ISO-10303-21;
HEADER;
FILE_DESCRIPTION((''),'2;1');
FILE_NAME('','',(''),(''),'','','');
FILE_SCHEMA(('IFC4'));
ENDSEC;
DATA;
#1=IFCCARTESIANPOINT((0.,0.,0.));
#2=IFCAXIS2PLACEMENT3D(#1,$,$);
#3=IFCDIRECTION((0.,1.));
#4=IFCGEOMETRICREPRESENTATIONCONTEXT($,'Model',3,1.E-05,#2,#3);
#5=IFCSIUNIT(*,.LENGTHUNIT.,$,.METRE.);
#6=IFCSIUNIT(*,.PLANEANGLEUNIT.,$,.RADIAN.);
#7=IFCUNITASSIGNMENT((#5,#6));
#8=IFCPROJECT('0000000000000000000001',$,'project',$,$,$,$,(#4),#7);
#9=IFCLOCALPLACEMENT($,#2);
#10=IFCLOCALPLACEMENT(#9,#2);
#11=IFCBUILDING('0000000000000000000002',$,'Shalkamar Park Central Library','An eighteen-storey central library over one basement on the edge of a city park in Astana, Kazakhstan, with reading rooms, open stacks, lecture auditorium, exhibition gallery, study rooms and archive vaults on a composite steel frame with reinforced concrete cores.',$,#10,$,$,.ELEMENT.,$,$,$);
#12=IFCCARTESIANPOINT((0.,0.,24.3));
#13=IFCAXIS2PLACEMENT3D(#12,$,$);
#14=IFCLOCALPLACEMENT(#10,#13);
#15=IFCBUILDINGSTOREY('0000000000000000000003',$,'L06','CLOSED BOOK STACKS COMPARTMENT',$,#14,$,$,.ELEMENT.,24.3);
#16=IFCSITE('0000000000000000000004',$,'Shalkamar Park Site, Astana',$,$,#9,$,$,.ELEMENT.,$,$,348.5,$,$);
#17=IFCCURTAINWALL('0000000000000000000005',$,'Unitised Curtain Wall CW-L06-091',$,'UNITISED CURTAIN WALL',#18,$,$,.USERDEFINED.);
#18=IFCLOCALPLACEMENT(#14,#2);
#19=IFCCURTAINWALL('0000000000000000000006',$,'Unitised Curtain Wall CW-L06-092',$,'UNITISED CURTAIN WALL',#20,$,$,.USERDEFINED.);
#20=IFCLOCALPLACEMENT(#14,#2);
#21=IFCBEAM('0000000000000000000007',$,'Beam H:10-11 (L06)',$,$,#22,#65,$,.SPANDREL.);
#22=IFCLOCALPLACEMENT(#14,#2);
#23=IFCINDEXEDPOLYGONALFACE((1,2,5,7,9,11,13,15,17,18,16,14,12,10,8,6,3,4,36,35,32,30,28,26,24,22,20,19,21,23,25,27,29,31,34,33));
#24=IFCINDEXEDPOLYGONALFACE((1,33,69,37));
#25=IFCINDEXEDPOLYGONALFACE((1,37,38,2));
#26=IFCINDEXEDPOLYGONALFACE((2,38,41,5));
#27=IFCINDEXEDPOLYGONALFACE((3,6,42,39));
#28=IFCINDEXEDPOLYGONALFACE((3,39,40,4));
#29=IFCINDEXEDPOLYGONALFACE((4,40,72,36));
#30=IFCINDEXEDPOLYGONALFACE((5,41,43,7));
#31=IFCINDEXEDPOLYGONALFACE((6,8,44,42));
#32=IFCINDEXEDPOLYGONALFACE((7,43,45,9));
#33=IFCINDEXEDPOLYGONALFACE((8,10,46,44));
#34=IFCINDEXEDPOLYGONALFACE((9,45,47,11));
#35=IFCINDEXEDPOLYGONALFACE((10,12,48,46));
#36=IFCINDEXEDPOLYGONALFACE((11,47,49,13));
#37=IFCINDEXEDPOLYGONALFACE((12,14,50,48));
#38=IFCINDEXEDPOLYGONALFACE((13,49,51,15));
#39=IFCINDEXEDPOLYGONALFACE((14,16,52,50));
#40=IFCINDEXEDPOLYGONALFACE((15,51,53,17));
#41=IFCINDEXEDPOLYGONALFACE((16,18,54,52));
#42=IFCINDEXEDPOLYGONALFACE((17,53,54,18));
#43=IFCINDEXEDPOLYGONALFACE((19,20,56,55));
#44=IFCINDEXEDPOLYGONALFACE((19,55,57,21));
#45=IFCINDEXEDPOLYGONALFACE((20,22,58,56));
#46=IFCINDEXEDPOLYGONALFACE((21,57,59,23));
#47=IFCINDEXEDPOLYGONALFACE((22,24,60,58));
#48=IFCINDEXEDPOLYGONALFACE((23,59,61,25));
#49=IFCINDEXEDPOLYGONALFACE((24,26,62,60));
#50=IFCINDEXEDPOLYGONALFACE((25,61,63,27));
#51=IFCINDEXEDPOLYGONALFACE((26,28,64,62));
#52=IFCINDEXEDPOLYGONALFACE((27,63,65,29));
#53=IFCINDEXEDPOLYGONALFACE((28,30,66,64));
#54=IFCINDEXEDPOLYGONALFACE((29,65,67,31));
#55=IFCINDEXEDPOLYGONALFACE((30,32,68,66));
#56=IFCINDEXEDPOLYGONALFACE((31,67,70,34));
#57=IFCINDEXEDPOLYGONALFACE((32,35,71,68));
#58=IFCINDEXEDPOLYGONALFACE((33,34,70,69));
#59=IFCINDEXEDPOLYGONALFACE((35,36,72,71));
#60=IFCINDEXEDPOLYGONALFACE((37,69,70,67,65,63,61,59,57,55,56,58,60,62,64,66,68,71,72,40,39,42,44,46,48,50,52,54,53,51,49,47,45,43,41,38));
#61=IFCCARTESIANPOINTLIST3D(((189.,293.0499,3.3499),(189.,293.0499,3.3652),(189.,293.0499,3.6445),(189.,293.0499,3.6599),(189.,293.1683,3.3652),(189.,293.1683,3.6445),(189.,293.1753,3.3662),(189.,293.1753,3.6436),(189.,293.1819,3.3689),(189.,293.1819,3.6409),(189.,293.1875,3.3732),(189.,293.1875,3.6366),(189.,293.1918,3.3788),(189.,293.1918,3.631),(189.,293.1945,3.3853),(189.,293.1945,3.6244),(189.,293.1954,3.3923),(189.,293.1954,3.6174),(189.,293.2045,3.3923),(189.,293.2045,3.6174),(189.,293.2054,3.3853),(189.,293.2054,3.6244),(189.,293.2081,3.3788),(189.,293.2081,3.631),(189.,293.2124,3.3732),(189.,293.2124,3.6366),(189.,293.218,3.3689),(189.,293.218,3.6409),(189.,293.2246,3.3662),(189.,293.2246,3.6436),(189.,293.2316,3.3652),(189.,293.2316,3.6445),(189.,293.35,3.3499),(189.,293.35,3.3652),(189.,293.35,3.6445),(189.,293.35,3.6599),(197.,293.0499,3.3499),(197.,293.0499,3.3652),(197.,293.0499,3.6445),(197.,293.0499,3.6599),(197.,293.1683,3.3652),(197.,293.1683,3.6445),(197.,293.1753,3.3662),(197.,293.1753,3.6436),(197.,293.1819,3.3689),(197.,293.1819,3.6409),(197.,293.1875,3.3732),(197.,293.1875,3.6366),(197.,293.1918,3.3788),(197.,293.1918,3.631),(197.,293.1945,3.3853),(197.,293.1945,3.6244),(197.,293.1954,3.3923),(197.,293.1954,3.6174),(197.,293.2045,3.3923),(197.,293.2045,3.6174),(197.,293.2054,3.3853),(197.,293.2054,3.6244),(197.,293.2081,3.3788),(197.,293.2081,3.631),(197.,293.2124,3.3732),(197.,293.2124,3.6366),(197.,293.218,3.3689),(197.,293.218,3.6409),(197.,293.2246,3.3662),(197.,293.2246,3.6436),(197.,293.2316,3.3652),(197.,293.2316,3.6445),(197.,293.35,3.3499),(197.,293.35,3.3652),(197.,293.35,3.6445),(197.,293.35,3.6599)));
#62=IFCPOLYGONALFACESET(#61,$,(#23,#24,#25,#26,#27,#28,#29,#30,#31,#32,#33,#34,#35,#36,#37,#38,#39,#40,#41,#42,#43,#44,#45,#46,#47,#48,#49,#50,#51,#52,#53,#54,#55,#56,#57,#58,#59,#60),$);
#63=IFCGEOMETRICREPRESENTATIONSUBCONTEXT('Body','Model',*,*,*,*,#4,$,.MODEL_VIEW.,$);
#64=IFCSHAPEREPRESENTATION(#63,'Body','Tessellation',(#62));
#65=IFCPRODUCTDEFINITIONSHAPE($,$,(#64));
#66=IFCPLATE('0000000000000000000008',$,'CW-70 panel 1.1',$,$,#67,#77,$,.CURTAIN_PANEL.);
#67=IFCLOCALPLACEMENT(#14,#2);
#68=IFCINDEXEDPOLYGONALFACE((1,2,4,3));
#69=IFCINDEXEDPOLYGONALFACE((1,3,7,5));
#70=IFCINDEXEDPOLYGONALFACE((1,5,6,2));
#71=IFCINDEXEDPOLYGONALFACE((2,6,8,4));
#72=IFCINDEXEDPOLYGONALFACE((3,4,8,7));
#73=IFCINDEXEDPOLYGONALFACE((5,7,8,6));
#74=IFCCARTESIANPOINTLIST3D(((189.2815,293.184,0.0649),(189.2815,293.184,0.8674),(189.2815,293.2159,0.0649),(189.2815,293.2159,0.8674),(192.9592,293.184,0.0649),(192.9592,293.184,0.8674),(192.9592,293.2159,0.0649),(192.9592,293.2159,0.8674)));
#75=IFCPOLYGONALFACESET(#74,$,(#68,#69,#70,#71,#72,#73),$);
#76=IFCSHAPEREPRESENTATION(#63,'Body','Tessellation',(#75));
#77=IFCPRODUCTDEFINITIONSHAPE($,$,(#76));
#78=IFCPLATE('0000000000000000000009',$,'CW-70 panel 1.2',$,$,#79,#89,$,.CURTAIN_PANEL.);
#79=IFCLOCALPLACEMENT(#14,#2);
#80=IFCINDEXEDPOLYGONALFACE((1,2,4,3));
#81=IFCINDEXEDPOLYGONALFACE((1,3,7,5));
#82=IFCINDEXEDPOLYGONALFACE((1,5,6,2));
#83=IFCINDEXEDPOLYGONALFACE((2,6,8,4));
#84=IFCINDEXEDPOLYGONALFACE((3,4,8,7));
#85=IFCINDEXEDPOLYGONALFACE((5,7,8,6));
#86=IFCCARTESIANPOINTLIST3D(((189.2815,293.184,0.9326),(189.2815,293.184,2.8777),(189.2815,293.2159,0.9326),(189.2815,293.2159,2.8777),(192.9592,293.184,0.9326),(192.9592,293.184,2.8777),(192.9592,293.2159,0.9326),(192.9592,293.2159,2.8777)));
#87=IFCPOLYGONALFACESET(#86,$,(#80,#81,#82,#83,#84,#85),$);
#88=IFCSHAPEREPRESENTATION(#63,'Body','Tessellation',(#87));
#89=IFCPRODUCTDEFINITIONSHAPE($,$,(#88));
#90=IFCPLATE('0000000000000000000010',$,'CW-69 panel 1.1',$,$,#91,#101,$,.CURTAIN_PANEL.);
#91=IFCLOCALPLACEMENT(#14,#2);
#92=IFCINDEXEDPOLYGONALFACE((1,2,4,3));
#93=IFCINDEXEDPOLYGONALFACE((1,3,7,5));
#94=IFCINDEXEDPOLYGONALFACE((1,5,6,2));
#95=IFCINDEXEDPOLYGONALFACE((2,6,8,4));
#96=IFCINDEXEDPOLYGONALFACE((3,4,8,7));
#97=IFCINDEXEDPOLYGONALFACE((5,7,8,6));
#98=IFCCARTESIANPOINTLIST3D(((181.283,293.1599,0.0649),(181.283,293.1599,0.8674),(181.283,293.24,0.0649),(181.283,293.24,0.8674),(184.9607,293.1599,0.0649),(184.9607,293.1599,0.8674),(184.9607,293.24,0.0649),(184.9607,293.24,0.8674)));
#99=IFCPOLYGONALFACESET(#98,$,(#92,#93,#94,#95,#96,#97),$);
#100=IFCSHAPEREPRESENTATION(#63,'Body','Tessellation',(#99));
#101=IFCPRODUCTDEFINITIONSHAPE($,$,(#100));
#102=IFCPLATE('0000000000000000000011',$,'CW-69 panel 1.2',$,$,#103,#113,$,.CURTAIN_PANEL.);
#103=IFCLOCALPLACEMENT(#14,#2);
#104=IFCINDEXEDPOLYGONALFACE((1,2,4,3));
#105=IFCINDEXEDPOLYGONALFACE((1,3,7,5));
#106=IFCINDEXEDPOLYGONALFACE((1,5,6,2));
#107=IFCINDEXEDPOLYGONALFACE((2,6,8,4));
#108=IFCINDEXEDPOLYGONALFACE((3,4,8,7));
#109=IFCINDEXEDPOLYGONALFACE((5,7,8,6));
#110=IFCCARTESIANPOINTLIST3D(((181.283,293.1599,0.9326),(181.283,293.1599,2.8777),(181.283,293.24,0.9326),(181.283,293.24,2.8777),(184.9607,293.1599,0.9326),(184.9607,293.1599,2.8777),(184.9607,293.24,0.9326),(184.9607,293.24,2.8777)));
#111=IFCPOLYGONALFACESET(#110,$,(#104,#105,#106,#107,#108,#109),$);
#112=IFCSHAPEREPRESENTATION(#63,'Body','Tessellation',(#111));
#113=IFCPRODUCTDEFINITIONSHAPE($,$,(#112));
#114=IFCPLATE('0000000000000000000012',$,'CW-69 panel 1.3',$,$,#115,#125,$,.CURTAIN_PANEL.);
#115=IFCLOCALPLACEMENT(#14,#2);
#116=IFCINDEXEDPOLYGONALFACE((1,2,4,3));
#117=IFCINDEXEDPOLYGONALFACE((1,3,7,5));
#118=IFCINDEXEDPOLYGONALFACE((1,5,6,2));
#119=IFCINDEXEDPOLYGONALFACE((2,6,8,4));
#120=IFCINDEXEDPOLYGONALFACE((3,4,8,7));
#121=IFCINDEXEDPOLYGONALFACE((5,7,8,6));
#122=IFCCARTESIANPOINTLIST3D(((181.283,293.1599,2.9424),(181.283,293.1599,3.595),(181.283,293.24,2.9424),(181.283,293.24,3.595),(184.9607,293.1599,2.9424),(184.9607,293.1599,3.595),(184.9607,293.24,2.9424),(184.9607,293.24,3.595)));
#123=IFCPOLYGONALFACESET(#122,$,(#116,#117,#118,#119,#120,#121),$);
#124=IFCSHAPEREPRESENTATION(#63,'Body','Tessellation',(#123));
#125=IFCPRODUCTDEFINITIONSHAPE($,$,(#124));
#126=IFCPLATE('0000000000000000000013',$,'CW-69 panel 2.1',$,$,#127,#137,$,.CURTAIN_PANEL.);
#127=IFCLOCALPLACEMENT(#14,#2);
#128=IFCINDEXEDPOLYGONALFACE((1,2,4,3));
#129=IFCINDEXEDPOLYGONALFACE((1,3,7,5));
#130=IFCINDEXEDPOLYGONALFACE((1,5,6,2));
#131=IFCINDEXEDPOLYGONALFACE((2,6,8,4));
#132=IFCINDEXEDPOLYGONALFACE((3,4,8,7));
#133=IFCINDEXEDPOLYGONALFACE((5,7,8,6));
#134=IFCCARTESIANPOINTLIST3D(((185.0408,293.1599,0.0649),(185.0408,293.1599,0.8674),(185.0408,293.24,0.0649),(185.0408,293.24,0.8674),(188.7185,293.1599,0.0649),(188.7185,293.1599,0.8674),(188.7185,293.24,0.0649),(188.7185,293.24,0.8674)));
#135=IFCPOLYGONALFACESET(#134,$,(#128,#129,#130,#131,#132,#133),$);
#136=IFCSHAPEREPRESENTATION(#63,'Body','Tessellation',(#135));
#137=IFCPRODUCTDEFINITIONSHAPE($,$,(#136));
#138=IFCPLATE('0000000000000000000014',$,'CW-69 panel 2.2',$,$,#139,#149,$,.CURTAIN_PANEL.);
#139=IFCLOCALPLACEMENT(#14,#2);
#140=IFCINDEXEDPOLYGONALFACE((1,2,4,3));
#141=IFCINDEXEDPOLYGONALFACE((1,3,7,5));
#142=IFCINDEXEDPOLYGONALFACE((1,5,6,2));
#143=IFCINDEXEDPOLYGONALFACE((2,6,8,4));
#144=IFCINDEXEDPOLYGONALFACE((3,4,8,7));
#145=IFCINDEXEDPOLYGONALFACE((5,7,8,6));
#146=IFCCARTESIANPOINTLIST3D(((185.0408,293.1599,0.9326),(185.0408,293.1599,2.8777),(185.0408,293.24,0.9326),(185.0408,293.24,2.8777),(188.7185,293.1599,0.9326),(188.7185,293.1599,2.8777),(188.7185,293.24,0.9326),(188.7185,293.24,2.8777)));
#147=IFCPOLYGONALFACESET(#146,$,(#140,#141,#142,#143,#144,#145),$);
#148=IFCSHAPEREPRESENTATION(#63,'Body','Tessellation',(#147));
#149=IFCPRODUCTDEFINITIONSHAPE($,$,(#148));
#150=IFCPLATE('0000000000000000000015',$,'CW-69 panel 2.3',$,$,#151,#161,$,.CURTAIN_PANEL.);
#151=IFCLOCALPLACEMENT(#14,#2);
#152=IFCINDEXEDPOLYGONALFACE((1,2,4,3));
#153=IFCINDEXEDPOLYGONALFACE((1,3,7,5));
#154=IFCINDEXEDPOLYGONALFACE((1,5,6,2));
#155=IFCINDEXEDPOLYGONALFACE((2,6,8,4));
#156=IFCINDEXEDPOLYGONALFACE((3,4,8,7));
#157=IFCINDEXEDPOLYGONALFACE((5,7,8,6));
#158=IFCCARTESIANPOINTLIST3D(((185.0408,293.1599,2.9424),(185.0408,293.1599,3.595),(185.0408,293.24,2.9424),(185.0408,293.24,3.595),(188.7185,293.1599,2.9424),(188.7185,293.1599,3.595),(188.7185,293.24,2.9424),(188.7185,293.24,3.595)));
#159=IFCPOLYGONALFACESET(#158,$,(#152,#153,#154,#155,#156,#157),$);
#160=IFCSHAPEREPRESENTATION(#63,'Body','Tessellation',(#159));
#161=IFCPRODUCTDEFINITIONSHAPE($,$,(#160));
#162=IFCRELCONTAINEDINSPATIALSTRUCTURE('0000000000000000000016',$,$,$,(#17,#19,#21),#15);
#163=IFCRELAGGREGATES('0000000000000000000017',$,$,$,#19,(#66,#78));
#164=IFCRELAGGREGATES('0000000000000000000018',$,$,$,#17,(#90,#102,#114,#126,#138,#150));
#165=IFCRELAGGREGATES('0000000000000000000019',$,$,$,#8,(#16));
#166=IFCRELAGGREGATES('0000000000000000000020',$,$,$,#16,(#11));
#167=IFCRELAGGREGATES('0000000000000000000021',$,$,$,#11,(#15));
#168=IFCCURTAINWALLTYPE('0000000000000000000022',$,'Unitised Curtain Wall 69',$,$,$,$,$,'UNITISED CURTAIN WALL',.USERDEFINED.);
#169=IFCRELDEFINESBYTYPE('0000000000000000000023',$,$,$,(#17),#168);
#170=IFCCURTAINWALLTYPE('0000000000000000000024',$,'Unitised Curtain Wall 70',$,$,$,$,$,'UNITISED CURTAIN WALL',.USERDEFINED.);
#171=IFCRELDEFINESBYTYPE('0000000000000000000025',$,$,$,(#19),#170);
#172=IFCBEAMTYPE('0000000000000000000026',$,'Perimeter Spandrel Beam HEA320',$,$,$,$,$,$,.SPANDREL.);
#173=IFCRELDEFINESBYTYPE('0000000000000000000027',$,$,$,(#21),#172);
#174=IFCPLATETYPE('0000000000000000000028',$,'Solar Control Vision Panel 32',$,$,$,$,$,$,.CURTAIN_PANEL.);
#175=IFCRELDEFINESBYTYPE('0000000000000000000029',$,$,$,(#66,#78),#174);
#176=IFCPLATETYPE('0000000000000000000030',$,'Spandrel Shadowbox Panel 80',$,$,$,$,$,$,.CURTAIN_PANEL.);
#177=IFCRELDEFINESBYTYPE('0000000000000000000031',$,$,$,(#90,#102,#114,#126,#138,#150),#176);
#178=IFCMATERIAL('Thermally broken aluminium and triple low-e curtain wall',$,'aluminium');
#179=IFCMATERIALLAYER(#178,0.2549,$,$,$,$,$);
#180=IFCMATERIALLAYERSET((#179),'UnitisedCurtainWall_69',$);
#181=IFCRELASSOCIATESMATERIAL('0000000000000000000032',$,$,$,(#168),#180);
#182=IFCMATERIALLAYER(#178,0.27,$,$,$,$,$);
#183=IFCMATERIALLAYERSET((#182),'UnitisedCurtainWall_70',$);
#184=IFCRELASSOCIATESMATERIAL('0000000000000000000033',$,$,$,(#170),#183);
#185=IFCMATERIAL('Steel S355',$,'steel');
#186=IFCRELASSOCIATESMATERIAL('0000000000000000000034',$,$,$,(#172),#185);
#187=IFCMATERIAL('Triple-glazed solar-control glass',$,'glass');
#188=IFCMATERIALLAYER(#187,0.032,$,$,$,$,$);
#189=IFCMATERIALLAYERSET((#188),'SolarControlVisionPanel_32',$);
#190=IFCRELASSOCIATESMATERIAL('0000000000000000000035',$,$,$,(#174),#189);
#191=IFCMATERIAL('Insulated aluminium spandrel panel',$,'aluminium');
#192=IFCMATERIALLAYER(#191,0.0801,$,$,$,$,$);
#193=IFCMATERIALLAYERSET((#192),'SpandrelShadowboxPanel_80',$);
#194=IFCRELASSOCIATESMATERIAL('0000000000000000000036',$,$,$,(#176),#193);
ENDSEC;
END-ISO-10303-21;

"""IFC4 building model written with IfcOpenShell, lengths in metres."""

from ifc_helpers import new_model, si_unit, direction, frame, origin, origin_2d, place, context, subcontext, project, spatial, rectangle, i_section, extrude, material, layer, layer_set, material_profile, profile_set, type_object, element, aggregate, save


model = new_model("IFC4")

# Units and contexts
model_context = context("Model", 3, precision=1e-05, world=origin(), true_north=direction((0.0, 1.0)))
body_context = subcontext(model_context, "Body", "Model", "MODEL_VIEW")
ifc_project = project(units=[si_unit("LENGTHUNIT", "METRE"), si_unit("PLANEANGLEUNIT", "RADIAN")], contexts=[model_context])

# Site, building, storey
site_placement = place(None, origin())
site = spatial("IfcSite", under=ifc_project, at=site_placement, Name="Shalkamar Park Site, Astana", CompositionType="ELEMENT", RefElevation=348.5)
building_placement = place(site_placement, origin())
building = spatial("IfcBuilding", under=site, at=building_placement, Name="Shalkamar Park Central Library", Description="An eighteen-storey central library over one basement on the edge of a city park in Astana, Kazakhstan, with reading rooms, open stacks, lecture auditorium, exhibition gallery, study rooms and archive vaults on a composite steel frame with reinforced concrete cores.", CompositionType="ELEMENT")
storey_placement = place(building_placement, frame((0.0, 0.0, 24.3)))
storey = spatial("IfcBuildingStorey", under=building, at=storey_placement, Name="L06", Description="CLOSED BOOK STACKS COMPARTMENT", CompositionType="ELEMENT", Elevation=24.3)

# Shared definitions
ifc_material_1 = material(Name="Steel S355", Category="steel")

# Curtain wall
ifc_material_2 = material(Name="Thermally broken aluminium and triple low-e curtain wall", Category="aluminium")
ifc_layer_1 = layer(ifc_material_2, 0.2549)
ifc_layer_set_1 = layer_set([ifc_layer_1], Name="UnitisedCurtainWall_69")
curtain_wall_type_1 = type_object("IfcCurtainWallType", Name="Unitised Curtain Wall 69", ElementType="UNITISED CURTAIN WALL", PredefinedType="USERDEFINED", material=ifc_layer_set_1)
curtain_wall_1_placement = place(storey_placement, origin())
curtain_wall_1 = element("IfcCurtainWall", 1, at=curtain_wall_1_placement, inside=storey, type_object=curtain_wall_type_1, Name="Unitised Curtain Wall CW-L06-091", ObjectType="UNITISED CURTAIN WALL", PredefinedType="USERDEFINED")

# Curtain wall
ifc_layer_2 = layer(ifc_material_2, 0.27)
ifc_layer_set_2 = layer_set([ifc_layer_2], Name="UnitisedCurtainWall_70")
curtain_wall_type_2 = type_object("IfcCurtainWallType", Name="Unitised Curtain Wall 70", ElementType="UNITISED CURTAIN WALL", PredefinedType="USERDEFINED", material=ifc_layer_set_2)
curtain_wall_2_placement = place(storey_placement, origin())
curtain_wall_2 = element("IfcCurtainWall", 2, at=curtain_wall_2_placement, inside=storey, type_object=curtain_wall_type_2, Name="Unitised Curtain Wall CW-L06-092", ObjectType="UNITISED CURTAIN WALL", PredefinedType="USERDEFINED")

# Beam
ifc_material_profile_1 = material_profile(ifc_material_1, i_section(OverallWidth=0.3, OverallDepth=0.3101, WebThickness=0.009, FlangeThickness=0.0154, FilletRadius=0.0271, at=origin_2d()), Name="HEA 320")
ifc_profile_set_1 = profile_set([ifc_material_profile_1], Name="Steel S355")
beam_type = type_object("IfcBeamType", Name="Perimeter Spandrel Beam HEA320", PredefinedType="SPANDREL", material=ifc_profile_set_1)
for number, where, z_axis, x_axis, name in (
    (3, (189.0, 293.2, 3.5049), (1.0, 0.0, 0.0), (0.0, 1.0, 0.0), "Beam H:10-11 (L06)"),
):
    element("IfcBeam", number, at=place(storey_placement, frame(where, z_axis=z_axis, x_axis=x_axis)), inside=storey, type_object=beam_type, Name=name, PredefinedType="SPANDREL", context=body_context, shape_type="SweptSolid", body=[
        extrude(i_section(OverallWidth=0.3, OverallDepth=0.3101, WebThickness=0.009, FlangeThickness=0.0154, FilletRadius=0.0271, at=origin_2d()), origin(), (0.0, 0.0, 1.0), 8.0),
    ])

# Plates
ifc_material_3 = material(Name="Triple-glazed solar-control glass", Category="glass")
ifc_layer_3 = layer(ifc_material_3, 0.032)
ifc_layer_set_3 = layer_set([ifc_layer_3], Name="SolarControlVisionPanel_32")
plate_type_1 = type_object("IfcPlateType", Name="Solar Control Vision Panel 32", PredefinedType="CURTAIN_PANEL", material=ifc_layer_set_3)
plate_1_placement = place(storey_placement, frame((191.1204, 293.2, 0.0649), z_axis=(0.0, 0.0, 1.0), x_axis=(1.0, 0.0, 0.0)))
plate_1 = element("IfcPlate", 4, at=plate_1_placement, type_object=plate_type_1, Name="CW-70 panel 1.1", PredefinedType="CURTAIN_PANEL", context=body_context, shape_type="SweptSolid", body=[
    extrude(rectangle(XDim=3.6777, YDim=0.032, at=origin_2d()), origin(), (0.0, 0.0, 1.0), 0.8025),
])
plate_2_placement = place(storey_placement, frame((191.1204, 293.2, 0.9326), z_axis=(0.0, 0.0, 1.0), x_axis=(1.0, 0.0, 0.0)))
plate_2 = element("IfcPlate", 5, at=plate_2_placement, type_object=plate_type_1, Name="CW-70 panel 1.2", PredefinedType="CURTAIN_PANEL", context=body_context, shape_type="SweptSolid", body=[
    extrude(rectangle(XDim=3.6777, YDim=0.032, at=origin_2d()), origin(), (0.0, 0.0, 1.0), 1.9451),
])
aggregate(curtain_wall_2, [plate_1, plate_2])
ifc_material_4 = material(Name="Insulated aluminium spandrel panel", Category="aluminium")
ifc_layer_4 = layer(ifc_material_4, 0.0801)
ifc_layer_set_4 = layer_set([ifc_layer_4], Name="SpandrelShadowboxPanel_80")
plate_type_2 = type_object("IfcPlateType", Name="Spandrel Shadowbox Panel 80", PredefinedType="CURTAIN_PANEL", material=ifc_layer_set_4)
plate_3_placement = place(storey_placement, frame((183.1218, 293.2, 0.0649), z_axis=(0.0, 0.0, 1.0), x_axis=(1.0, 0.0, 0.0)))
plate_3 = element("IfcPlate", 6, at=plate_3_placement, type_object=plate_type_2, Name="CW-69 panel 1.1", PredefinedType="CURTAIN_PANEL", context=body_context, shape_type="SweptSolid", body=[
    extrude(rectangle(XDim=3.6777, YDim=0.0801, at=origin_2d()), origin(), (0.0, 0.0, 1.0), 0.8025),
])
plate_4_placement = place(storey_placement, frame((183.1218, 293.2, 0.9326), z_axis=(0.0, 0.0, 1.0), x_axis=(1.0, 0.0, 0.0)))
plate_4 = element("IfcPlate", 7, at=plate_4_placement, type_object=plate_type_2, Name="CW-69 panel 1.2", PredefinedType="CURTAIN_PANEL", context=body_context, shape_type="SweptSolid", body=[
    extrude(rectangle(XDim=3.6777, YDim=0.0801, at=origin_2d()), origin(), (0.0, 0.0, 1.0), 1.9451),
])
plate_5_placement = place(storey_placement, frame((183.1218, 293.2, 2.9424), z_axis=(0.0, 0.0, 1.0), x_axis=(1.0, 0.0, 0.0)))
plate_5 = element("IfcPlate", 8, at=plate_5_placement, type_object=plate_type_2, Name="CW-69 panel 1.3", PredefinedType="CURTAIN_PANEL", context=body_context, shape_type="SweptSolid", body=[
    extrude(rectangle(XDim=3.6777, YDim=0.0801, at=origin_2d()), origin(), (0.0, 0.0, 1.0), 0.6526),
])
plate_6_placement = place(storey_placement, frame((186.8796, 293.2, 0.0649), z_axis=(0.0, 0.0, 1.0), x_axis=(1.0, 0.0, 0.0)))
plate_6 = element("IfcPlate", 9, at=plate_6_placement, type_object=plate_type_2, Name="CW-69 panel 2.1", PredefinedType="CURTAIN_PANEL", context=body_context, shape_type="SweptSolid", body=[
    extrude(rectangle(XDim=3.6777, YDim=0.0801, at=origin_2d()), origin(), (0.0, 0.0, 1.0), 0.8025),
])
plate_7_placement = place(storey_placement, frame((186.8796, 293.2, 0.9326), z_axis=(0.0, 0.0, 1.0), x_axis=(1.0, 0.0, 0.0)))
plate_7 = element("IfcPlate", 10, at=plate_7_placement, type_object=plate_type_2, Name="CW-69 panel 2.2", PredefinedType="CURTAIN_PANEL", context=body_context, shape_type="SweptSolid", body=[
    extrude(rectangle(XDim=3.6777, YDim=0.0801, at=origin_2d()), origin(), (0.0, 0.0, 1.0), 1.9451),
])
plate_8_placement = place(storey_placement, frame((186.8796, 293.2, 2.9424), z_axis=(0.0, 0.0, 1.0), x_axis=(1.0, 0.0, 0.0)))
plate_8 = element("IfcPlate", 11, at=plate_8_placement, type_object=plate_type_2, Name="CW-69 panel 2.3", PredefinedType="CURTAIN_PANEL", context=body_context, shape_type="SweptSolid", body=[
    extrude(rectangle(XDim=3.6777, YDim=0.0801, at=origin_2d()), origin(), (0.0, 0.0, 1.0), 0.6526),
])
aggregate(curtain_wall_1, [plate_3, plate_4, plate_5, plate_6, plate_7, plate_8])

save(model, "model.ifc")
